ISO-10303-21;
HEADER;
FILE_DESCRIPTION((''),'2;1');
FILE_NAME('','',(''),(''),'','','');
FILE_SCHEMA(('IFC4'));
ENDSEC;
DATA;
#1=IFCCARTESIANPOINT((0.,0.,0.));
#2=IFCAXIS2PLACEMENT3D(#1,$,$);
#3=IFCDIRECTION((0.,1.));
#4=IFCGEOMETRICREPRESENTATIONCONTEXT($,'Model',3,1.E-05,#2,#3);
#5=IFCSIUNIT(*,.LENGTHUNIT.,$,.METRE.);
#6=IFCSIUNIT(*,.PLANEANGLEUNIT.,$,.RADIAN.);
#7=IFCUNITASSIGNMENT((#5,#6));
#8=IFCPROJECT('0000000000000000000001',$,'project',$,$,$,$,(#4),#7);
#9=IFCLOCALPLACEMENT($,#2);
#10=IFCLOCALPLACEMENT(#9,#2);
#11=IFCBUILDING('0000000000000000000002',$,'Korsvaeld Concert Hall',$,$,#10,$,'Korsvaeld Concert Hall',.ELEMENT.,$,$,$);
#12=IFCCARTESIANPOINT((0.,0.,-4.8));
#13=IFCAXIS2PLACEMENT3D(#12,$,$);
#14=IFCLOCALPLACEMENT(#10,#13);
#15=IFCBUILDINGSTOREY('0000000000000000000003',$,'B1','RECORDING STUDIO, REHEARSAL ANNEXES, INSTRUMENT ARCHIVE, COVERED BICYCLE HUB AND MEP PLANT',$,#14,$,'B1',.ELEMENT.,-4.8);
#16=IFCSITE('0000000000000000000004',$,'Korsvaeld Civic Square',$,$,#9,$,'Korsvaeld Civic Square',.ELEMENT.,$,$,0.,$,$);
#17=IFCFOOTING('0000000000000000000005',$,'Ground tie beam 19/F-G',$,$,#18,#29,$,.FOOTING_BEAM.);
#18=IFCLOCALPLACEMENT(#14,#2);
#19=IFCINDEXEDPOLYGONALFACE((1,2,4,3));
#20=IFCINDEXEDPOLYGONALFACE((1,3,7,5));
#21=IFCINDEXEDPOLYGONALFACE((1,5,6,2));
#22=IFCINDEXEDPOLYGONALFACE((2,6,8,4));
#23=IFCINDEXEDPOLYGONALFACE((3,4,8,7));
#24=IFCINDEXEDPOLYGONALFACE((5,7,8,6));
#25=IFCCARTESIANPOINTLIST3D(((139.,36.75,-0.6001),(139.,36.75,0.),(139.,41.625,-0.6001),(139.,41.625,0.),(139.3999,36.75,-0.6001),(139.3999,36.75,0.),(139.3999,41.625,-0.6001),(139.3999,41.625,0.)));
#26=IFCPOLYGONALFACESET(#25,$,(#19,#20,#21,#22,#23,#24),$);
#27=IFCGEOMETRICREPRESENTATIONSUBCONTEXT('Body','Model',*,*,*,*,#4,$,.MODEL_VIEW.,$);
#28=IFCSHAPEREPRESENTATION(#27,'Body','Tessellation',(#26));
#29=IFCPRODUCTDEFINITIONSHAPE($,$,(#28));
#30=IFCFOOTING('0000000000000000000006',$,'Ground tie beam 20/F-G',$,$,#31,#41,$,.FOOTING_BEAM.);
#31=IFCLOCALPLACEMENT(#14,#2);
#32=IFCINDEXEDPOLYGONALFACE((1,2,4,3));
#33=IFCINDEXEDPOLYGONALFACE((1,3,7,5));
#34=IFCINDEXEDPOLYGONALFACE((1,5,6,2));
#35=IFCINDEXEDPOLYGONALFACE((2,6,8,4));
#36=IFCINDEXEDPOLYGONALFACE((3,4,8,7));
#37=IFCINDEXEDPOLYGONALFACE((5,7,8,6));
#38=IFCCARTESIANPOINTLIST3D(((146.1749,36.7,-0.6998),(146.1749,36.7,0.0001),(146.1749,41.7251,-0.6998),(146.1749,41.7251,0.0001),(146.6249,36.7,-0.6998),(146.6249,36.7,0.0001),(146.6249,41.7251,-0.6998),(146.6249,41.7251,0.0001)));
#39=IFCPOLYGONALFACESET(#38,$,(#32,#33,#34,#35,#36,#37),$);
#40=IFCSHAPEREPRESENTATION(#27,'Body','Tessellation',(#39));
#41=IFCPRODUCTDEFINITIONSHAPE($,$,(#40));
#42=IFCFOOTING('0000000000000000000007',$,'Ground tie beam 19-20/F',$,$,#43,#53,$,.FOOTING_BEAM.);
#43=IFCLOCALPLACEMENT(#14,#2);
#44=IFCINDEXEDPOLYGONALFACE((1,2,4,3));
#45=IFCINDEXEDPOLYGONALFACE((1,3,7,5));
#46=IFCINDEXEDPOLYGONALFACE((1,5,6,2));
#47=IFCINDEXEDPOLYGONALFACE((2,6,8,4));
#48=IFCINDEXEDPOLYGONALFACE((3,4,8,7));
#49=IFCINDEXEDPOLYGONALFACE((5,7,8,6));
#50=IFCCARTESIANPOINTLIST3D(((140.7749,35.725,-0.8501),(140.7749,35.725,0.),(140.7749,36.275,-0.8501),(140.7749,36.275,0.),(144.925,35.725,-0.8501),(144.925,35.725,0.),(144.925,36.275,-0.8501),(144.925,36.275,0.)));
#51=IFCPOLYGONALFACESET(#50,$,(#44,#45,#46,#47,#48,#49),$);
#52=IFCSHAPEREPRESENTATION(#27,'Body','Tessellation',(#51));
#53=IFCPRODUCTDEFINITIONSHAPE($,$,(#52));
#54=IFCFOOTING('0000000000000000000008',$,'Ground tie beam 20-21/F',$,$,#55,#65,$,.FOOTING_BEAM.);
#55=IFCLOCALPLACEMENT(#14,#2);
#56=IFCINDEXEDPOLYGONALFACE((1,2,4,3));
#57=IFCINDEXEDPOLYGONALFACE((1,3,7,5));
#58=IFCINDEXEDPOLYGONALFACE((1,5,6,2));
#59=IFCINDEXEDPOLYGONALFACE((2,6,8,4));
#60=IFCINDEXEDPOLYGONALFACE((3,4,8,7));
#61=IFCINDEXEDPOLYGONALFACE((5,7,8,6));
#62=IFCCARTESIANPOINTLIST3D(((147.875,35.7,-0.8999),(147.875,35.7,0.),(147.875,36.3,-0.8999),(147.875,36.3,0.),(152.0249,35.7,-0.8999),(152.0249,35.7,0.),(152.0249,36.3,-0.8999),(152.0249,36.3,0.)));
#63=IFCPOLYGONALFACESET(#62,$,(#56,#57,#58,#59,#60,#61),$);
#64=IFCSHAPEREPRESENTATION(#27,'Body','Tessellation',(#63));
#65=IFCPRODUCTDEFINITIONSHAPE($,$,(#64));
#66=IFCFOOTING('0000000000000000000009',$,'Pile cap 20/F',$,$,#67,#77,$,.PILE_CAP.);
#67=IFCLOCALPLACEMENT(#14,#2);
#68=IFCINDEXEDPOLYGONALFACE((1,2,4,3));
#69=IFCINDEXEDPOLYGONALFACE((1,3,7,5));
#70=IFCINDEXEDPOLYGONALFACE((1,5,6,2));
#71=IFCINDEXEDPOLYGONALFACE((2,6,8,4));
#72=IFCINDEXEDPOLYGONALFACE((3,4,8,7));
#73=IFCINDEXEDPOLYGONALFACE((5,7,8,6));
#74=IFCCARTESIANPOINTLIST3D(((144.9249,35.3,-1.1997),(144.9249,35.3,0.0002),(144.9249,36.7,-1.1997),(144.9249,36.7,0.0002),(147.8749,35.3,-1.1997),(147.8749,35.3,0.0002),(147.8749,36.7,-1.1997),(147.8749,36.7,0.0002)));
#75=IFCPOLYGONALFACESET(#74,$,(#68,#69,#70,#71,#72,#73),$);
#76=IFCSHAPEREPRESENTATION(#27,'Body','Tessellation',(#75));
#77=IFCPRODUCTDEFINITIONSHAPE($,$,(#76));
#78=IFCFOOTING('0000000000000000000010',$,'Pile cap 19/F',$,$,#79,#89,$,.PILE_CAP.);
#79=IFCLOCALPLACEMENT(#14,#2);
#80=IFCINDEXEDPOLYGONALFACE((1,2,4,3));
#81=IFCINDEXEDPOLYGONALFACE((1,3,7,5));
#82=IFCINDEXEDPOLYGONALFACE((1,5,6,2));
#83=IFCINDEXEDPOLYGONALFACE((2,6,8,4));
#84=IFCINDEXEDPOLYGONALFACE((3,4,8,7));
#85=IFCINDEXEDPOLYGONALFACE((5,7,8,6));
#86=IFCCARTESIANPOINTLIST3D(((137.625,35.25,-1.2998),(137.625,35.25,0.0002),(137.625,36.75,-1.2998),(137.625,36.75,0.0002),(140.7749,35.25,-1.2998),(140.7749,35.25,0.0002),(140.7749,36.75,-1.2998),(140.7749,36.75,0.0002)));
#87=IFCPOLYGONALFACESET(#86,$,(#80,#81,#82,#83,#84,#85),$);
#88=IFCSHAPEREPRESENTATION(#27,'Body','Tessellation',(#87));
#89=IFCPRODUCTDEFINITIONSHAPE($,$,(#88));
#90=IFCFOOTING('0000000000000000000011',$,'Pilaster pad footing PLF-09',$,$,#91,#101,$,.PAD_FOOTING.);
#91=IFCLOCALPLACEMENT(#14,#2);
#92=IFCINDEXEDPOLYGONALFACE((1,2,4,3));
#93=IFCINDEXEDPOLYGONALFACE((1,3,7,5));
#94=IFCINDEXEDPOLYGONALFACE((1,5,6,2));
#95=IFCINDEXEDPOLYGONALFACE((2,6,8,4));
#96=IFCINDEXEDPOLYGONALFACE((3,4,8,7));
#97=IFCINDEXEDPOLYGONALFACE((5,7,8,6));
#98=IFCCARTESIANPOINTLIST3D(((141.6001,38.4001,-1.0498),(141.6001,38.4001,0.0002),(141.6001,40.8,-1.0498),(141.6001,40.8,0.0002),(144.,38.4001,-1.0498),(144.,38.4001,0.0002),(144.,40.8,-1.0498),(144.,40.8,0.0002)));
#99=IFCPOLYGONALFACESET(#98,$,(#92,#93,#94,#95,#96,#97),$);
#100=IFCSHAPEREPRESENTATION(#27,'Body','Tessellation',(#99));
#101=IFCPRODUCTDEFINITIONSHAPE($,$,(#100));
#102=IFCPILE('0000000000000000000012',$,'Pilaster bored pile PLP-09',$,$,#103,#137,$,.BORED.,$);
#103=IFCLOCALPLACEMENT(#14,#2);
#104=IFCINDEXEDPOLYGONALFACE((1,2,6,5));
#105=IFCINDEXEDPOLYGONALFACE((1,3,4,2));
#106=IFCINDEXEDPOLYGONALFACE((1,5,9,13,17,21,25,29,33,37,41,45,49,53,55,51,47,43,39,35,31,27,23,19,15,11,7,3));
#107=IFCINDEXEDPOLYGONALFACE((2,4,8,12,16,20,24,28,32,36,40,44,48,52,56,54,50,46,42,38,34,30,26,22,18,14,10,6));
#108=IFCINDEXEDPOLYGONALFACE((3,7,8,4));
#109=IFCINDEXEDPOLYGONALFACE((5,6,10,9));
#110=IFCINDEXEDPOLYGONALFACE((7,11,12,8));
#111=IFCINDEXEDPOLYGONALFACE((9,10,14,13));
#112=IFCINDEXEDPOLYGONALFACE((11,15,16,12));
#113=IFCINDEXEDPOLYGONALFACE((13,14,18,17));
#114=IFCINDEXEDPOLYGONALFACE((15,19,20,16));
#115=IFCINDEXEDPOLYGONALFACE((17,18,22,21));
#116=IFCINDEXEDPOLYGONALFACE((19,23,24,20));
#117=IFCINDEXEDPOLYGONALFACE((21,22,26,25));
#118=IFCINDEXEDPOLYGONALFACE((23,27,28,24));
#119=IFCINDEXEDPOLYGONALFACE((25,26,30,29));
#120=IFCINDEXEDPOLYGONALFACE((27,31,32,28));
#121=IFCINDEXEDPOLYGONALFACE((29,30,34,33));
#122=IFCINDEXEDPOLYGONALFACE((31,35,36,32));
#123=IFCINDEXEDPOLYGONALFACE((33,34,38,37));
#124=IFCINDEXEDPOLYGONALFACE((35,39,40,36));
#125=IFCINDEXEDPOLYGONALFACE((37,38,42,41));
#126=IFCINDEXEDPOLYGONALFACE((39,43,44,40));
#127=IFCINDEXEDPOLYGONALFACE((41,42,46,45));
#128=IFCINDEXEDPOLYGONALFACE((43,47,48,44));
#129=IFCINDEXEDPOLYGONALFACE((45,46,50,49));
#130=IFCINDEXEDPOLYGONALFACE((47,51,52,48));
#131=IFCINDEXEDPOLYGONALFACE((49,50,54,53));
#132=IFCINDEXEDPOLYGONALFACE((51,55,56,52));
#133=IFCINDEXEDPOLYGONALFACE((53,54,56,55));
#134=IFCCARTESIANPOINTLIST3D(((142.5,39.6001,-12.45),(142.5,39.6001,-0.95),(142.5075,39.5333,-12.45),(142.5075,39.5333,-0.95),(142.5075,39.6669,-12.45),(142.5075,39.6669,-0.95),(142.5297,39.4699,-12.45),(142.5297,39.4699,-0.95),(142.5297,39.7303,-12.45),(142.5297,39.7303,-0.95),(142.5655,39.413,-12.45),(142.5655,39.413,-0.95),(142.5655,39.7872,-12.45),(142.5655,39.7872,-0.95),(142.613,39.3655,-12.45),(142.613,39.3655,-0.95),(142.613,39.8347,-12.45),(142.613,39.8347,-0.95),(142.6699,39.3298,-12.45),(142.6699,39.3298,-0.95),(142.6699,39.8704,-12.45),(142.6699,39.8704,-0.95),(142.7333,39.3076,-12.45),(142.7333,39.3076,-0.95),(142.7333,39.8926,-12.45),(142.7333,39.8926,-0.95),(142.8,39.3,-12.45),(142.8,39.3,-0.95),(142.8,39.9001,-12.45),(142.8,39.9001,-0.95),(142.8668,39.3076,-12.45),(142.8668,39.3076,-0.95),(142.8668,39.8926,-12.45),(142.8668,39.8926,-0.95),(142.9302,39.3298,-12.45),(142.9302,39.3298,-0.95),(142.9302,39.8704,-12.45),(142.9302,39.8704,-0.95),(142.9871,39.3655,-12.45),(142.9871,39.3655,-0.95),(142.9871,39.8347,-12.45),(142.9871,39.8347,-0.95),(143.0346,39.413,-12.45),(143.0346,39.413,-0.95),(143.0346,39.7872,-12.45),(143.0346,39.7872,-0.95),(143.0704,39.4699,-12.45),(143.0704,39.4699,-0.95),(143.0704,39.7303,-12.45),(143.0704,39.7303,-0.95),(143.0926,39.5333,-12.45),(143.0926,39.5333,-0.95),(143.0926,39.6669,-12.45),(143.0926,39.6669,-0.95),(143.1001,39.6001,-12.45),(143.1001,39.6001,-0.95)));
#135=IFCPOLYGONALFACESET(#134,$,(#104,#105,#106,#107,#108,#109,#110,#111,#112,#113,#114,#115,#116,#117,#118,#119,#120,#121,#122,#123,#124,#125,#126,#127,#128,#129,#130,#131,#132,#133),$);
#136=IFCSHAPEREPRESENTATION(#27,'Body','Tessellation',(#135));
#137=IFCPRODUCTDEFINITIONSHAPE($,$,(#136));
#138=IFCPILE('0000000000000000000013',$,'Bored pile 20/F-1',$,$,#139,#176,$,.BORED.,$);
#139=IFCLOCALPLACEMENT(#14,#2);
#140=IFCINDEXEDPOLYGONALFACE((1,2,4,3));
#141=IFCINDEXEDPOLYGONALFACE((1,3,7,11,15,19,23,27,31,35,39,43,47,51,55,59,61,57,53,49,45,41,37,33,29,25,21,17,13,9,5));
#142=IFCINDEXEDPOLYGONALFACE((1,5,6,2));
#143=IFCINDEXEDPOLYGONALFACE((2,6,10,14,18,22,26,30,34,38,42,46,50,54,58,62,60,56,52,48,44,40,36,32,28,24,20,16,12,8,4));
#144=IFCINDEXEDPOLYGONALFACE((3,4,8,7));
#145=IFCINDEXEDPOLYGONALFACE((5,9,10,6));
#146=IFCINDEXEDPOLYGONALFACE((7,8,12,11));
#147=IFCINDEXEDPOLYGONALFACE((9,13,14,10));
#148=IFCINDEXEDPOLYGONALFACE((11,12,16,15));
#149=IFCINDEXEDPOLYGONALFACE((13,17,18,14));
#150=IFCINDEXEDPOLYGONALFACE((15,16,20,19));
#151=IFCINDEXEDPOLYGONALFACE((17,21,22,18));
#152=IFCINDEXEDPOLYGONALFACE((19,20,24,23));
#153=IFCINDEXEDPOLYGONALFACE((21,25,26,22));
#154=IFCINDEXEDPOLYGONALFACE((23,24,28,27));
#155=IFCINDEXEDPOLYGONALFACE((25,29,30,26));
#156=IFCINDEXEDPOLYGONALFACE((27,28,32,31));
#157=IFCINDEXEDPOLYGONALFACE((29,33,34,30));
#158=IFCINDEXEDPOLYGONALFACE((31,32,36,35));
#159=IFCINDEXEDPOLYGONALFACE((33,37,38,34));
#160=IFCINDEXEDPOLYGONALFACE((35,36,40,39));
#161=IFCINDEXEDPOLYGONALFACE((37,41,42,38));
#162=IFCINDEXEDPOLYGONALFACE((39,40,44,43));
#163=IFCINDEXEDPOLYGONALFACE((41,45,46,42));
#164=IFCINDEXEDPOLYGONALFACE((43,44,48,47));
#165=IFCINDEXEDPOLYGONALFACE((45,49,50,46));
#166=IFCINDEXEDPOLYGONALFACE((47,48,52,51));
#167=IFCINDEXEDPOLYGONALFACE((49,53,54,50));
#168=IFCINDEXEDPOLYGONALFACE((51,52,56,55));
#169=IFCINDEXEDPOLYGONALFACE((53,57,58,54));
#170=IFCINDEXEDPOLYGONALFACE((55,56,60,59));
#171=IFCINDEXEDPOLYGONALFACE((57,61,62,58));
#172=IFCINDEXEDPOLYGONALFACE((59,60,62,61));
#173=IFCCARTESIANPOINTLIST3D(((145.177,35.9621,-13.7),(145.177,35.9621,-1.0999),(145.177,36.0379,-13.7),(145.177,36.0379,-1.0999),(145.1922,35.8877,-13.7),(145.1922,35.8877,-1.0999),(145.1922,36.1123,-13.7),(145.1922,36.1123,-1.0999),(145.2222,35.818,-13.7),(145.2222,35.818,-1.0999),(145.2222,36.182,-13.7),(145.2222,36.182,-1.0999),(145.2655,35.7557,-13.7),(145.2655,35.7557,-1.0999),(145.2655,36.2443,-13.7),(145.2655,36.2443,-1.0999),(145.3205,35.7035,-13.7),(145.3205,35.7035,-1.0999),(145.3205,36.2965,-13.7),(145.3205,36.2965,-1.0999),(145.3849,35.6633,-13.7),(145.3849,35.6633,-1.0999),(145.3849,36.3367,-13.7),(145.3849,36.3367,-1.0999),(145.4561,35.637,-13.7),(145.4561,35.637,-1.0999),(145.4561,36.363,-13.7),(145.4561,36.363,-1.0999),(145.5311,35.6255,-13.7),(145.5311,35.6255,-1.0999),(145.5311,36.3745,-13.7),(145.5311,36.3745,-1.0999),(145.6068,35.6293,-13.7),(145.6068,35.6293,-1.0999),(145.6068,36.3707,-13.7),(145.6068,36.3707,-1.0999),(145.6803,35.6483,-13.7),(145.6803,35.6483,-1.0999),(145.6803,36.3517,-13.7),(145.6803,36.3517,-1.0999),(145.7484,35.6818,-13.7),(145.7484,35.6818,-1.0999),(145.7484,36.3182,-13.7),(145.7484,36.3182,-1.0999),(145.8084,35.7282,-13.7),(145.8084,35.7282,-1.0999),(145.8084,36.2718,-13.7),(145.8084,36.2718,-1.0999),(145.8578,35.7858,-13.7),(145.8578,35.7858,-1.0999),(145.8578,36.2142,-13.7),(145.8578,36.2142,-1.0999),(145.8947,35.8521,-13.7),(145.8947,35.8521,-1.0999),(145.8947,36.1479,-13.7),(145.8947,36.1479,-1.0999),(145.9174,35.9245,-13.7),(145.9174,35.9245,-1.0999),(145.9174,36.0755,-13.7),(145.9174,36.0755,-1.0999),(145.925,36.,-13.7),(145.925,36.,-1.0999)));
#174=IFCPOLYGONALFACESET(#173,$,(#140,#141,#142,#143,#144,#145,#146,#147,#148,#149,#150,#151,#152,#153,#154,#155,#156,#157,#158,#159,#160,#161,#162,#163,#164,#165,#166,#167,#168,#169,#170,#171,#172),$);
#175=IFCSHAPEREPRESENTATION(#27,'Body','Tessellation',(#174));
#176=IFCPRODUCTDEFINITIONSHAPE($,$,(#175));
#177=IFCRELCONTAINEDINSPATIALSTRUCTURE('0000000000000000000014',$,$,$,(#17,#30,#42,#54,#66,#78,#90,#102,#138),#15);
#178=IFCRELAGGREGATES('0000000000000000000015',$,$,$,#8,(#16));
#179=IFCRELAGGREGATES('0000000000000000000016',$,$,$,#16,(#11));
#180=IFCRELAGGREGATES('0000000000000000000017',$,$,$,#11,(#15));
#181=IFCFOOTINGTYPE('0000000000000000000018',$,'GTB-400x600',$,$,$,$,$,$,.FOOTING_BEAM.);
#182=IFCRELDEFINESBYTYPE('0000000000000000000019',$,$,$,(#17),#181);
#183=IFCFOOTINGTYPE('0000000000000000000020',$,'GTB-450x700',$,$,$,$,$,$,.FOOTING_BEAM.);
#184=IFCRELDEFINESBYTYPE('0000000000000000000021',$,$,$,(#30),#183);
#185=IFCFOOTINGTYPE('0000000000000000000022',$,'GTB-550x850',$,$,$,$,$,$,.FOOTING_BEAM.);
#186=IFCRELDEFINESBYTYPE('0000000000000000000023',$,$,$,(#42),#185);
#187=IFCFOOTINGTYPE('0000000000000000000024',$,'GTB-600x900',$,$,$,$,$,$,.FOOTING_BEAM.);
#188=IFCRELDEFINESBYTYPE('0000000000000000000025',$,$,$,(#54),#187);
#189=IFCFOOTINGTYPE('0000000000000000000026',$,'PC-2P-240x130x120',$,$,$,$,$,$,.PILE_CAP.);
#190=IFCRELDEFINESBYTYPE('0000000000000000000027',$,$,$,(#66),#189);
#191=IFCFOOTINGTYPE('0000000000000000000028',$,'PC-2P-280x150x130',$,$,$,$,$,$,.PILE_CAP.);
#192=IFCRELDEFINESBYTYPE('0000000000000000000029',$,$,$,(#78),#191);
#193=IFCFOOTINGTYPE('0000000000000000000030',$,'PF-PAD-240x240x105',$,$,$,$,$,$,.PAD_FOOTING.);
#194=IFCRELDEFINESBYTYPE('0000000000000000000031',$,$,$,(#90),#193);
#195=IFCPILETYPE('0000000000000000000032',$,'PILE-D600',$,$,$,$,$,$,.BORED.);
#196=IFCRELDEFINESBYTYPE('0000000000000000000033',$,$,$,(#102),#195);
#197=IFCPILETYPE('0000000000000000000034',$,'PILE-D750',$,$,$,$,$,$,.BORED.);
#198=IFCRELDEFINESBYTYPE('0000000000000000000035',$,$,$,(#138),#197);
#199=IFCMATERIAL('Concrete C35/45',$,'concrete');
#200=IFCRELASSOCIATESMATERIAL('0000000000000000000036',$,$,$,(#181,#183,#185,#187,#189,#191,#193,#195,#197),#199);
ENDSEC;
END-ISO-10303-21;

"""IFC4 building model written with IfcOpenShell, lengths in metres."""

from ifc_helpers import new_model, si_unit, direction, frame, origin, origin_2d, place, context, subcontext, project, spatial, rectangle, circle, extrude, material, material_profile, profile_set, type_object, element, save


model = new_model("IFC4")

# Units and contexts
model_context = context("Model", 3, precision=1e-05, world=origin(), true_north=direction((0.0, 1.0)))
body_context = subcontext(model_context, "Body", "Model", "MODEL_VIEW")
ifc_project = project(units=[si_unit("LENGTHUNIT", "METRE"), si_unit("PLANEANGLEUNIT", "RADIAN")], contexts=[model_context])

# Site, building, storey
site_placement = place(None, origin())
site = spatial("IfcSite", under=ifc_project, at=site_placement, Name="Korsvaeld Civic Square", LongName="Korsvaeld Civic Square", CompositionType="ELEMENT", RefElevation=0.0)
building_placement = place(site_placement, origin())
building = spatial("IfcBuilding", under=site, at=building_placement, Name="Korsvaeld Concert Hall", LongName="Korsvaeld Concert Hall", CompositionType="ELEMENT")
storey_placement = place(building_placement, frame((0.0, 0.0, -4.8)))
storey = spatial("IfcBuildingStorey", under=building, at=storey_placement, Name="B1", Description="RECORDING STUDIO, REHEARSAL ANNEXES, INSTRUMENT ARCHIVE, COVERED BICYCLE HUB AND MEP PLANT", LongName="B1", CompositionType="ELEMENT", Elevation=-4.8)

# Footings
ifc_material_1 = material(Name="Concrete C35/45", Category="concrete")
ifc_material_profile_1 = material_profile(ifc_material_1, rectangle(XDim=0.3999, YDim=0.6001, at=origin_2d()), Name="GTB 400x600")
ifc_profile_set_1 = profile_set([ifc_material_profile_1], Name="Concrete C35/45")
footing_type_1 = type_object("IfcFootingType", Name="GTB-400x600", PredefinedType="FOOTING_BEAM", material=ifc_profile_set_1)
footing_1_placement = place(storey_placement, frame((139.2, 36.75, -0.3), z_axis=(0.0, 1.0, 0.0), x_axis=(-1.0, 0.0, 0.0)))
element("IfcFooting", 1, at=footing_1_placement, inside=storey, type_object=footing_type_1, Name="Ground tie beam 19/F-G", PredefinedType="FOOTING_BEAM", context=body_context, shape_type="SweptSolid", body=[
    extrude(rectangle(XDim=0.3999, YDim=0.6001, at=origin_2d()), origin(), (0.0, 0.0, 1.0), 4.875),
])
ifc_material_profile_2 = material_profile(ifc_material_1, rectangle(XDim=0.45, YDim=0.7, at=origin_2d()), Name="GTB 450x700")
ifc_profile_set_2 = profile_set([ifc_material_profile_2], Name="Concrete C35/45")
footing_type_2 = type_object("IfcFootingType", Name="GTB-450x700", PredefinedType="FOOTING_BEAM", material=ifc_profile_set_2)
footing_2_placement = place(storey_placement, frame((146.3999, 36.7, -0.3499), z_axis=(0.0, 1.0, 0.0), x_axis=(-1.0, 0.0, 0.0)))
element("IfcFooting", 2, at=footing_2_placement, inside=storey, type_object=footing_type_2, Name="Ground tie beam 20/F-G", PredefinedType="FOOTING_BEAM", context=body_context, shape_type="SweptSolid", body=[
    extrude(rectangle(XDim=0.45, YDim=0.7, at=origin_2d()), origin(), (0.0, 0.0, 1.0), 5.0251),
])
ifc_material_profile_3 = material_profile(ifc_material_1, rectangle(XDim=0.55, YDim=0.8501, at=origin_2d()), Name="GTB 550x850")
ifc_profile_set_3 = profile_set([ifc_material_profile_3], Name="Concrete C35/45")
footing_type_3 = type_object("IfcFootingType", Name="GTB-550x850", PredefinedType="FOOTING_BEAM", material=ifc_profile_set_3)
footing_3_placement = place(storey_placement, frame((140.7749, 36.0, -0.425), z_axis=(1.0, 0.0, 0.0), x_axis=(0.0, 1.0, 0.0)))
element("IfcFooting", 3, at=footing_3_placement, inside=storey, type_object=footing_type_3, Name="Ground tie beam 19-20/F", PredefinedType="FOOTING_BEAM", context=body_context, shape_type="SweptSolid", body=[
    extrude(rectangle(XDim=0.55, YDim=0.8501, at=origin_2d()), origin(), (0.0, 0.0, 1.0), 4.1501),
])
ifc_material_profile_4 = material_profile(ifc_material_1, rectangle(XDim=0.6001, YDim=0.8999, at=origin_2d()), Name="GTB 600x900")
ifc_profile_set_4 = profile_set([ifc_material_profile_4], Name="Concrete C35/45")
footing_type_4 = type_object("IfcFootingType", Name="GTB-600x900", PredefinedType="FOOTING_BEAM", material=ifc_profile_set_4)
footing_4_placement = place(storey_placement, frame((147.875, 36.0, -0.45), z_axis=(1.0, 0.0, 0.0), x_axis=(0.0, 1.0, 0.0)))
element("IfcFooting", 4, at=footing_4_placement, inside=storey, type_object=footing_type_4, Name="Ground tie beam 20-21/F", PredefinedType="FOOTING_BEAM", context=body_context, shape_type="SweptSolid", body=[
    extrude(rectangle(XDim=0.6001, YDim=0.8999, at=origin_2d()), origin(), (0.0, 0.0, 1.0), 4.1499),
])
footing_type_5 = type_object("IfcFootingType", Name="PC-2P-240x130x120", PredefinedType="PILE_CAP", material=ifc_material_1)
footing_5_placement = place(storey_placement, frame((146.3999, 36.0, -1.1997), z_axis=(0.0, 0.0, 1.0), x_axis=(1.0, 0.0, 0.0)))
element("IfcFooting", 5, at=footing_5_placement, inside=storey, type_object=footing_type_5, Name="Pile cap 20/F", PredefinedType="PILE_CAP", context=body_context, shape_type="SweptSolid", body=[
    extrude(rectangle(XDim=2.95, YDim=1.3999, at=origin_2d()), origin(), (0.0, 0.0, 1.0), 1.2),
])
footing_type_6 = type_object("IfcFootingType", Name="PC-2P-280x150x130", PredefinedType="PILE_CAP", material=ifc_material_1)
footing_6_placement = place(storey_placement, frame((139.2, 36.0, -1.2998), z_axis=(0.0, 0.0, 1.0), x_axis=(1.0, 0.0, 0.0)))
element("IfcFooting", 6, at=footing_6_placement, inside=storey, type_object=footing_type_6, Name="Pile cap 19/F", PredefinedType="PILE_CAP", context=body_context, shape_type="SweptSolid", body=[
    extrude(rectangle(XDim=3.1499, YDim=1.5, at=origin_2d()), origin(), (0.0, 0.0, 1.0), 1.3),
])
footing_type_7 = type_object("IfcFootingType", Name="PF-PAD-240x240x105", PredefinedType="PAD_FOOTING", material=ifc_material_1)
footing_7_placement = place(storey_placement, frame((142.8, 39.6001, -1.0498), z_axis=(0.0, 0.0, 1.0), x_axis=(1.0, 0.0, 0.0)))
element("IfcFooting", 7, at=footing_7_placement, inside=storey, type_object=footing_type_7, Name="Pilaster pad footing PLF-09", PredefinedType="PAD_FOOTING", context=body_context, shape_type="SweptSolid", body=[
    extrude(rectangle(XDim=2.3999, YDim=2.3999, at=origin_2d()), origin(), (0.0, 0.0, 1.0), 1.05),
])

# Piles
ifc_material_profile_5 = material_profile(ifc_material_1, circle(Radius=0.3, at=origin_2d()), Name="BORED PILE D600")
ifc_profile_set_5 = profile_set([ifc_material_profile_5], Name="Concrete C35/45")
pile_type_1 = type_object("IfcPileType", Name="PILE-D600", PredefinedType="BORED", material=ifc_profile_set_5)
pile_placement = place(storey_placement, frame((142.8, 39.6001, -0.95), z_axis=(0.0, 0.0, -1.0), x_axis=(1.0, 0.0, 0.0)))
element("IfcPile", 8, at=pile_placement, inside=storey, type_object=pile_type_1, Name="Pilaster bored pile PLP-09", PredefinedType="BORED", context=body_context, shape_type="SweptSolid", body=[
    extrude(circle(Radius=0.3, at=origin_2d()), origin(), (0.0, 0.0, 1.0), 11.5),
])
ifc_material_profile_6 = material_profile(ifc_material_1, circle(Radius=0.375, at=origin_2d()), Name="BORED PILE D750")
ifc_profile_set_6 = profile_set([ifc_material_profile_6], Name="Concrete C35/45")
pile_type_2 = type_object("IfcPileType", Name="PILE-D750", PredefinedType="BORED", material=ifc_profile_set_6)
for number, where, z_axis, x_axis, name in (
    (9, (145.55, 36.0, -1.0999), (0.0, 0.0, -1.0), (1.0, 0.0, 0.0), "Bored pile 20/F-1"),
):
    element("IfcPile", number, at=place(storey_placement, frame(where, z_axis=z_axis, x_axis=x_axis)), inside=storey, type_object=pile_type_2, Name=name, PredefinedType="BORED", context=body_context, shape_type="SweptSolid", body=[
        extrude(circle(Radius=0.375, at=origin_2d()), origin(), (0.0, 0.0, 1.0), 12.6001),
    ])

save(model, "model.ifc")
